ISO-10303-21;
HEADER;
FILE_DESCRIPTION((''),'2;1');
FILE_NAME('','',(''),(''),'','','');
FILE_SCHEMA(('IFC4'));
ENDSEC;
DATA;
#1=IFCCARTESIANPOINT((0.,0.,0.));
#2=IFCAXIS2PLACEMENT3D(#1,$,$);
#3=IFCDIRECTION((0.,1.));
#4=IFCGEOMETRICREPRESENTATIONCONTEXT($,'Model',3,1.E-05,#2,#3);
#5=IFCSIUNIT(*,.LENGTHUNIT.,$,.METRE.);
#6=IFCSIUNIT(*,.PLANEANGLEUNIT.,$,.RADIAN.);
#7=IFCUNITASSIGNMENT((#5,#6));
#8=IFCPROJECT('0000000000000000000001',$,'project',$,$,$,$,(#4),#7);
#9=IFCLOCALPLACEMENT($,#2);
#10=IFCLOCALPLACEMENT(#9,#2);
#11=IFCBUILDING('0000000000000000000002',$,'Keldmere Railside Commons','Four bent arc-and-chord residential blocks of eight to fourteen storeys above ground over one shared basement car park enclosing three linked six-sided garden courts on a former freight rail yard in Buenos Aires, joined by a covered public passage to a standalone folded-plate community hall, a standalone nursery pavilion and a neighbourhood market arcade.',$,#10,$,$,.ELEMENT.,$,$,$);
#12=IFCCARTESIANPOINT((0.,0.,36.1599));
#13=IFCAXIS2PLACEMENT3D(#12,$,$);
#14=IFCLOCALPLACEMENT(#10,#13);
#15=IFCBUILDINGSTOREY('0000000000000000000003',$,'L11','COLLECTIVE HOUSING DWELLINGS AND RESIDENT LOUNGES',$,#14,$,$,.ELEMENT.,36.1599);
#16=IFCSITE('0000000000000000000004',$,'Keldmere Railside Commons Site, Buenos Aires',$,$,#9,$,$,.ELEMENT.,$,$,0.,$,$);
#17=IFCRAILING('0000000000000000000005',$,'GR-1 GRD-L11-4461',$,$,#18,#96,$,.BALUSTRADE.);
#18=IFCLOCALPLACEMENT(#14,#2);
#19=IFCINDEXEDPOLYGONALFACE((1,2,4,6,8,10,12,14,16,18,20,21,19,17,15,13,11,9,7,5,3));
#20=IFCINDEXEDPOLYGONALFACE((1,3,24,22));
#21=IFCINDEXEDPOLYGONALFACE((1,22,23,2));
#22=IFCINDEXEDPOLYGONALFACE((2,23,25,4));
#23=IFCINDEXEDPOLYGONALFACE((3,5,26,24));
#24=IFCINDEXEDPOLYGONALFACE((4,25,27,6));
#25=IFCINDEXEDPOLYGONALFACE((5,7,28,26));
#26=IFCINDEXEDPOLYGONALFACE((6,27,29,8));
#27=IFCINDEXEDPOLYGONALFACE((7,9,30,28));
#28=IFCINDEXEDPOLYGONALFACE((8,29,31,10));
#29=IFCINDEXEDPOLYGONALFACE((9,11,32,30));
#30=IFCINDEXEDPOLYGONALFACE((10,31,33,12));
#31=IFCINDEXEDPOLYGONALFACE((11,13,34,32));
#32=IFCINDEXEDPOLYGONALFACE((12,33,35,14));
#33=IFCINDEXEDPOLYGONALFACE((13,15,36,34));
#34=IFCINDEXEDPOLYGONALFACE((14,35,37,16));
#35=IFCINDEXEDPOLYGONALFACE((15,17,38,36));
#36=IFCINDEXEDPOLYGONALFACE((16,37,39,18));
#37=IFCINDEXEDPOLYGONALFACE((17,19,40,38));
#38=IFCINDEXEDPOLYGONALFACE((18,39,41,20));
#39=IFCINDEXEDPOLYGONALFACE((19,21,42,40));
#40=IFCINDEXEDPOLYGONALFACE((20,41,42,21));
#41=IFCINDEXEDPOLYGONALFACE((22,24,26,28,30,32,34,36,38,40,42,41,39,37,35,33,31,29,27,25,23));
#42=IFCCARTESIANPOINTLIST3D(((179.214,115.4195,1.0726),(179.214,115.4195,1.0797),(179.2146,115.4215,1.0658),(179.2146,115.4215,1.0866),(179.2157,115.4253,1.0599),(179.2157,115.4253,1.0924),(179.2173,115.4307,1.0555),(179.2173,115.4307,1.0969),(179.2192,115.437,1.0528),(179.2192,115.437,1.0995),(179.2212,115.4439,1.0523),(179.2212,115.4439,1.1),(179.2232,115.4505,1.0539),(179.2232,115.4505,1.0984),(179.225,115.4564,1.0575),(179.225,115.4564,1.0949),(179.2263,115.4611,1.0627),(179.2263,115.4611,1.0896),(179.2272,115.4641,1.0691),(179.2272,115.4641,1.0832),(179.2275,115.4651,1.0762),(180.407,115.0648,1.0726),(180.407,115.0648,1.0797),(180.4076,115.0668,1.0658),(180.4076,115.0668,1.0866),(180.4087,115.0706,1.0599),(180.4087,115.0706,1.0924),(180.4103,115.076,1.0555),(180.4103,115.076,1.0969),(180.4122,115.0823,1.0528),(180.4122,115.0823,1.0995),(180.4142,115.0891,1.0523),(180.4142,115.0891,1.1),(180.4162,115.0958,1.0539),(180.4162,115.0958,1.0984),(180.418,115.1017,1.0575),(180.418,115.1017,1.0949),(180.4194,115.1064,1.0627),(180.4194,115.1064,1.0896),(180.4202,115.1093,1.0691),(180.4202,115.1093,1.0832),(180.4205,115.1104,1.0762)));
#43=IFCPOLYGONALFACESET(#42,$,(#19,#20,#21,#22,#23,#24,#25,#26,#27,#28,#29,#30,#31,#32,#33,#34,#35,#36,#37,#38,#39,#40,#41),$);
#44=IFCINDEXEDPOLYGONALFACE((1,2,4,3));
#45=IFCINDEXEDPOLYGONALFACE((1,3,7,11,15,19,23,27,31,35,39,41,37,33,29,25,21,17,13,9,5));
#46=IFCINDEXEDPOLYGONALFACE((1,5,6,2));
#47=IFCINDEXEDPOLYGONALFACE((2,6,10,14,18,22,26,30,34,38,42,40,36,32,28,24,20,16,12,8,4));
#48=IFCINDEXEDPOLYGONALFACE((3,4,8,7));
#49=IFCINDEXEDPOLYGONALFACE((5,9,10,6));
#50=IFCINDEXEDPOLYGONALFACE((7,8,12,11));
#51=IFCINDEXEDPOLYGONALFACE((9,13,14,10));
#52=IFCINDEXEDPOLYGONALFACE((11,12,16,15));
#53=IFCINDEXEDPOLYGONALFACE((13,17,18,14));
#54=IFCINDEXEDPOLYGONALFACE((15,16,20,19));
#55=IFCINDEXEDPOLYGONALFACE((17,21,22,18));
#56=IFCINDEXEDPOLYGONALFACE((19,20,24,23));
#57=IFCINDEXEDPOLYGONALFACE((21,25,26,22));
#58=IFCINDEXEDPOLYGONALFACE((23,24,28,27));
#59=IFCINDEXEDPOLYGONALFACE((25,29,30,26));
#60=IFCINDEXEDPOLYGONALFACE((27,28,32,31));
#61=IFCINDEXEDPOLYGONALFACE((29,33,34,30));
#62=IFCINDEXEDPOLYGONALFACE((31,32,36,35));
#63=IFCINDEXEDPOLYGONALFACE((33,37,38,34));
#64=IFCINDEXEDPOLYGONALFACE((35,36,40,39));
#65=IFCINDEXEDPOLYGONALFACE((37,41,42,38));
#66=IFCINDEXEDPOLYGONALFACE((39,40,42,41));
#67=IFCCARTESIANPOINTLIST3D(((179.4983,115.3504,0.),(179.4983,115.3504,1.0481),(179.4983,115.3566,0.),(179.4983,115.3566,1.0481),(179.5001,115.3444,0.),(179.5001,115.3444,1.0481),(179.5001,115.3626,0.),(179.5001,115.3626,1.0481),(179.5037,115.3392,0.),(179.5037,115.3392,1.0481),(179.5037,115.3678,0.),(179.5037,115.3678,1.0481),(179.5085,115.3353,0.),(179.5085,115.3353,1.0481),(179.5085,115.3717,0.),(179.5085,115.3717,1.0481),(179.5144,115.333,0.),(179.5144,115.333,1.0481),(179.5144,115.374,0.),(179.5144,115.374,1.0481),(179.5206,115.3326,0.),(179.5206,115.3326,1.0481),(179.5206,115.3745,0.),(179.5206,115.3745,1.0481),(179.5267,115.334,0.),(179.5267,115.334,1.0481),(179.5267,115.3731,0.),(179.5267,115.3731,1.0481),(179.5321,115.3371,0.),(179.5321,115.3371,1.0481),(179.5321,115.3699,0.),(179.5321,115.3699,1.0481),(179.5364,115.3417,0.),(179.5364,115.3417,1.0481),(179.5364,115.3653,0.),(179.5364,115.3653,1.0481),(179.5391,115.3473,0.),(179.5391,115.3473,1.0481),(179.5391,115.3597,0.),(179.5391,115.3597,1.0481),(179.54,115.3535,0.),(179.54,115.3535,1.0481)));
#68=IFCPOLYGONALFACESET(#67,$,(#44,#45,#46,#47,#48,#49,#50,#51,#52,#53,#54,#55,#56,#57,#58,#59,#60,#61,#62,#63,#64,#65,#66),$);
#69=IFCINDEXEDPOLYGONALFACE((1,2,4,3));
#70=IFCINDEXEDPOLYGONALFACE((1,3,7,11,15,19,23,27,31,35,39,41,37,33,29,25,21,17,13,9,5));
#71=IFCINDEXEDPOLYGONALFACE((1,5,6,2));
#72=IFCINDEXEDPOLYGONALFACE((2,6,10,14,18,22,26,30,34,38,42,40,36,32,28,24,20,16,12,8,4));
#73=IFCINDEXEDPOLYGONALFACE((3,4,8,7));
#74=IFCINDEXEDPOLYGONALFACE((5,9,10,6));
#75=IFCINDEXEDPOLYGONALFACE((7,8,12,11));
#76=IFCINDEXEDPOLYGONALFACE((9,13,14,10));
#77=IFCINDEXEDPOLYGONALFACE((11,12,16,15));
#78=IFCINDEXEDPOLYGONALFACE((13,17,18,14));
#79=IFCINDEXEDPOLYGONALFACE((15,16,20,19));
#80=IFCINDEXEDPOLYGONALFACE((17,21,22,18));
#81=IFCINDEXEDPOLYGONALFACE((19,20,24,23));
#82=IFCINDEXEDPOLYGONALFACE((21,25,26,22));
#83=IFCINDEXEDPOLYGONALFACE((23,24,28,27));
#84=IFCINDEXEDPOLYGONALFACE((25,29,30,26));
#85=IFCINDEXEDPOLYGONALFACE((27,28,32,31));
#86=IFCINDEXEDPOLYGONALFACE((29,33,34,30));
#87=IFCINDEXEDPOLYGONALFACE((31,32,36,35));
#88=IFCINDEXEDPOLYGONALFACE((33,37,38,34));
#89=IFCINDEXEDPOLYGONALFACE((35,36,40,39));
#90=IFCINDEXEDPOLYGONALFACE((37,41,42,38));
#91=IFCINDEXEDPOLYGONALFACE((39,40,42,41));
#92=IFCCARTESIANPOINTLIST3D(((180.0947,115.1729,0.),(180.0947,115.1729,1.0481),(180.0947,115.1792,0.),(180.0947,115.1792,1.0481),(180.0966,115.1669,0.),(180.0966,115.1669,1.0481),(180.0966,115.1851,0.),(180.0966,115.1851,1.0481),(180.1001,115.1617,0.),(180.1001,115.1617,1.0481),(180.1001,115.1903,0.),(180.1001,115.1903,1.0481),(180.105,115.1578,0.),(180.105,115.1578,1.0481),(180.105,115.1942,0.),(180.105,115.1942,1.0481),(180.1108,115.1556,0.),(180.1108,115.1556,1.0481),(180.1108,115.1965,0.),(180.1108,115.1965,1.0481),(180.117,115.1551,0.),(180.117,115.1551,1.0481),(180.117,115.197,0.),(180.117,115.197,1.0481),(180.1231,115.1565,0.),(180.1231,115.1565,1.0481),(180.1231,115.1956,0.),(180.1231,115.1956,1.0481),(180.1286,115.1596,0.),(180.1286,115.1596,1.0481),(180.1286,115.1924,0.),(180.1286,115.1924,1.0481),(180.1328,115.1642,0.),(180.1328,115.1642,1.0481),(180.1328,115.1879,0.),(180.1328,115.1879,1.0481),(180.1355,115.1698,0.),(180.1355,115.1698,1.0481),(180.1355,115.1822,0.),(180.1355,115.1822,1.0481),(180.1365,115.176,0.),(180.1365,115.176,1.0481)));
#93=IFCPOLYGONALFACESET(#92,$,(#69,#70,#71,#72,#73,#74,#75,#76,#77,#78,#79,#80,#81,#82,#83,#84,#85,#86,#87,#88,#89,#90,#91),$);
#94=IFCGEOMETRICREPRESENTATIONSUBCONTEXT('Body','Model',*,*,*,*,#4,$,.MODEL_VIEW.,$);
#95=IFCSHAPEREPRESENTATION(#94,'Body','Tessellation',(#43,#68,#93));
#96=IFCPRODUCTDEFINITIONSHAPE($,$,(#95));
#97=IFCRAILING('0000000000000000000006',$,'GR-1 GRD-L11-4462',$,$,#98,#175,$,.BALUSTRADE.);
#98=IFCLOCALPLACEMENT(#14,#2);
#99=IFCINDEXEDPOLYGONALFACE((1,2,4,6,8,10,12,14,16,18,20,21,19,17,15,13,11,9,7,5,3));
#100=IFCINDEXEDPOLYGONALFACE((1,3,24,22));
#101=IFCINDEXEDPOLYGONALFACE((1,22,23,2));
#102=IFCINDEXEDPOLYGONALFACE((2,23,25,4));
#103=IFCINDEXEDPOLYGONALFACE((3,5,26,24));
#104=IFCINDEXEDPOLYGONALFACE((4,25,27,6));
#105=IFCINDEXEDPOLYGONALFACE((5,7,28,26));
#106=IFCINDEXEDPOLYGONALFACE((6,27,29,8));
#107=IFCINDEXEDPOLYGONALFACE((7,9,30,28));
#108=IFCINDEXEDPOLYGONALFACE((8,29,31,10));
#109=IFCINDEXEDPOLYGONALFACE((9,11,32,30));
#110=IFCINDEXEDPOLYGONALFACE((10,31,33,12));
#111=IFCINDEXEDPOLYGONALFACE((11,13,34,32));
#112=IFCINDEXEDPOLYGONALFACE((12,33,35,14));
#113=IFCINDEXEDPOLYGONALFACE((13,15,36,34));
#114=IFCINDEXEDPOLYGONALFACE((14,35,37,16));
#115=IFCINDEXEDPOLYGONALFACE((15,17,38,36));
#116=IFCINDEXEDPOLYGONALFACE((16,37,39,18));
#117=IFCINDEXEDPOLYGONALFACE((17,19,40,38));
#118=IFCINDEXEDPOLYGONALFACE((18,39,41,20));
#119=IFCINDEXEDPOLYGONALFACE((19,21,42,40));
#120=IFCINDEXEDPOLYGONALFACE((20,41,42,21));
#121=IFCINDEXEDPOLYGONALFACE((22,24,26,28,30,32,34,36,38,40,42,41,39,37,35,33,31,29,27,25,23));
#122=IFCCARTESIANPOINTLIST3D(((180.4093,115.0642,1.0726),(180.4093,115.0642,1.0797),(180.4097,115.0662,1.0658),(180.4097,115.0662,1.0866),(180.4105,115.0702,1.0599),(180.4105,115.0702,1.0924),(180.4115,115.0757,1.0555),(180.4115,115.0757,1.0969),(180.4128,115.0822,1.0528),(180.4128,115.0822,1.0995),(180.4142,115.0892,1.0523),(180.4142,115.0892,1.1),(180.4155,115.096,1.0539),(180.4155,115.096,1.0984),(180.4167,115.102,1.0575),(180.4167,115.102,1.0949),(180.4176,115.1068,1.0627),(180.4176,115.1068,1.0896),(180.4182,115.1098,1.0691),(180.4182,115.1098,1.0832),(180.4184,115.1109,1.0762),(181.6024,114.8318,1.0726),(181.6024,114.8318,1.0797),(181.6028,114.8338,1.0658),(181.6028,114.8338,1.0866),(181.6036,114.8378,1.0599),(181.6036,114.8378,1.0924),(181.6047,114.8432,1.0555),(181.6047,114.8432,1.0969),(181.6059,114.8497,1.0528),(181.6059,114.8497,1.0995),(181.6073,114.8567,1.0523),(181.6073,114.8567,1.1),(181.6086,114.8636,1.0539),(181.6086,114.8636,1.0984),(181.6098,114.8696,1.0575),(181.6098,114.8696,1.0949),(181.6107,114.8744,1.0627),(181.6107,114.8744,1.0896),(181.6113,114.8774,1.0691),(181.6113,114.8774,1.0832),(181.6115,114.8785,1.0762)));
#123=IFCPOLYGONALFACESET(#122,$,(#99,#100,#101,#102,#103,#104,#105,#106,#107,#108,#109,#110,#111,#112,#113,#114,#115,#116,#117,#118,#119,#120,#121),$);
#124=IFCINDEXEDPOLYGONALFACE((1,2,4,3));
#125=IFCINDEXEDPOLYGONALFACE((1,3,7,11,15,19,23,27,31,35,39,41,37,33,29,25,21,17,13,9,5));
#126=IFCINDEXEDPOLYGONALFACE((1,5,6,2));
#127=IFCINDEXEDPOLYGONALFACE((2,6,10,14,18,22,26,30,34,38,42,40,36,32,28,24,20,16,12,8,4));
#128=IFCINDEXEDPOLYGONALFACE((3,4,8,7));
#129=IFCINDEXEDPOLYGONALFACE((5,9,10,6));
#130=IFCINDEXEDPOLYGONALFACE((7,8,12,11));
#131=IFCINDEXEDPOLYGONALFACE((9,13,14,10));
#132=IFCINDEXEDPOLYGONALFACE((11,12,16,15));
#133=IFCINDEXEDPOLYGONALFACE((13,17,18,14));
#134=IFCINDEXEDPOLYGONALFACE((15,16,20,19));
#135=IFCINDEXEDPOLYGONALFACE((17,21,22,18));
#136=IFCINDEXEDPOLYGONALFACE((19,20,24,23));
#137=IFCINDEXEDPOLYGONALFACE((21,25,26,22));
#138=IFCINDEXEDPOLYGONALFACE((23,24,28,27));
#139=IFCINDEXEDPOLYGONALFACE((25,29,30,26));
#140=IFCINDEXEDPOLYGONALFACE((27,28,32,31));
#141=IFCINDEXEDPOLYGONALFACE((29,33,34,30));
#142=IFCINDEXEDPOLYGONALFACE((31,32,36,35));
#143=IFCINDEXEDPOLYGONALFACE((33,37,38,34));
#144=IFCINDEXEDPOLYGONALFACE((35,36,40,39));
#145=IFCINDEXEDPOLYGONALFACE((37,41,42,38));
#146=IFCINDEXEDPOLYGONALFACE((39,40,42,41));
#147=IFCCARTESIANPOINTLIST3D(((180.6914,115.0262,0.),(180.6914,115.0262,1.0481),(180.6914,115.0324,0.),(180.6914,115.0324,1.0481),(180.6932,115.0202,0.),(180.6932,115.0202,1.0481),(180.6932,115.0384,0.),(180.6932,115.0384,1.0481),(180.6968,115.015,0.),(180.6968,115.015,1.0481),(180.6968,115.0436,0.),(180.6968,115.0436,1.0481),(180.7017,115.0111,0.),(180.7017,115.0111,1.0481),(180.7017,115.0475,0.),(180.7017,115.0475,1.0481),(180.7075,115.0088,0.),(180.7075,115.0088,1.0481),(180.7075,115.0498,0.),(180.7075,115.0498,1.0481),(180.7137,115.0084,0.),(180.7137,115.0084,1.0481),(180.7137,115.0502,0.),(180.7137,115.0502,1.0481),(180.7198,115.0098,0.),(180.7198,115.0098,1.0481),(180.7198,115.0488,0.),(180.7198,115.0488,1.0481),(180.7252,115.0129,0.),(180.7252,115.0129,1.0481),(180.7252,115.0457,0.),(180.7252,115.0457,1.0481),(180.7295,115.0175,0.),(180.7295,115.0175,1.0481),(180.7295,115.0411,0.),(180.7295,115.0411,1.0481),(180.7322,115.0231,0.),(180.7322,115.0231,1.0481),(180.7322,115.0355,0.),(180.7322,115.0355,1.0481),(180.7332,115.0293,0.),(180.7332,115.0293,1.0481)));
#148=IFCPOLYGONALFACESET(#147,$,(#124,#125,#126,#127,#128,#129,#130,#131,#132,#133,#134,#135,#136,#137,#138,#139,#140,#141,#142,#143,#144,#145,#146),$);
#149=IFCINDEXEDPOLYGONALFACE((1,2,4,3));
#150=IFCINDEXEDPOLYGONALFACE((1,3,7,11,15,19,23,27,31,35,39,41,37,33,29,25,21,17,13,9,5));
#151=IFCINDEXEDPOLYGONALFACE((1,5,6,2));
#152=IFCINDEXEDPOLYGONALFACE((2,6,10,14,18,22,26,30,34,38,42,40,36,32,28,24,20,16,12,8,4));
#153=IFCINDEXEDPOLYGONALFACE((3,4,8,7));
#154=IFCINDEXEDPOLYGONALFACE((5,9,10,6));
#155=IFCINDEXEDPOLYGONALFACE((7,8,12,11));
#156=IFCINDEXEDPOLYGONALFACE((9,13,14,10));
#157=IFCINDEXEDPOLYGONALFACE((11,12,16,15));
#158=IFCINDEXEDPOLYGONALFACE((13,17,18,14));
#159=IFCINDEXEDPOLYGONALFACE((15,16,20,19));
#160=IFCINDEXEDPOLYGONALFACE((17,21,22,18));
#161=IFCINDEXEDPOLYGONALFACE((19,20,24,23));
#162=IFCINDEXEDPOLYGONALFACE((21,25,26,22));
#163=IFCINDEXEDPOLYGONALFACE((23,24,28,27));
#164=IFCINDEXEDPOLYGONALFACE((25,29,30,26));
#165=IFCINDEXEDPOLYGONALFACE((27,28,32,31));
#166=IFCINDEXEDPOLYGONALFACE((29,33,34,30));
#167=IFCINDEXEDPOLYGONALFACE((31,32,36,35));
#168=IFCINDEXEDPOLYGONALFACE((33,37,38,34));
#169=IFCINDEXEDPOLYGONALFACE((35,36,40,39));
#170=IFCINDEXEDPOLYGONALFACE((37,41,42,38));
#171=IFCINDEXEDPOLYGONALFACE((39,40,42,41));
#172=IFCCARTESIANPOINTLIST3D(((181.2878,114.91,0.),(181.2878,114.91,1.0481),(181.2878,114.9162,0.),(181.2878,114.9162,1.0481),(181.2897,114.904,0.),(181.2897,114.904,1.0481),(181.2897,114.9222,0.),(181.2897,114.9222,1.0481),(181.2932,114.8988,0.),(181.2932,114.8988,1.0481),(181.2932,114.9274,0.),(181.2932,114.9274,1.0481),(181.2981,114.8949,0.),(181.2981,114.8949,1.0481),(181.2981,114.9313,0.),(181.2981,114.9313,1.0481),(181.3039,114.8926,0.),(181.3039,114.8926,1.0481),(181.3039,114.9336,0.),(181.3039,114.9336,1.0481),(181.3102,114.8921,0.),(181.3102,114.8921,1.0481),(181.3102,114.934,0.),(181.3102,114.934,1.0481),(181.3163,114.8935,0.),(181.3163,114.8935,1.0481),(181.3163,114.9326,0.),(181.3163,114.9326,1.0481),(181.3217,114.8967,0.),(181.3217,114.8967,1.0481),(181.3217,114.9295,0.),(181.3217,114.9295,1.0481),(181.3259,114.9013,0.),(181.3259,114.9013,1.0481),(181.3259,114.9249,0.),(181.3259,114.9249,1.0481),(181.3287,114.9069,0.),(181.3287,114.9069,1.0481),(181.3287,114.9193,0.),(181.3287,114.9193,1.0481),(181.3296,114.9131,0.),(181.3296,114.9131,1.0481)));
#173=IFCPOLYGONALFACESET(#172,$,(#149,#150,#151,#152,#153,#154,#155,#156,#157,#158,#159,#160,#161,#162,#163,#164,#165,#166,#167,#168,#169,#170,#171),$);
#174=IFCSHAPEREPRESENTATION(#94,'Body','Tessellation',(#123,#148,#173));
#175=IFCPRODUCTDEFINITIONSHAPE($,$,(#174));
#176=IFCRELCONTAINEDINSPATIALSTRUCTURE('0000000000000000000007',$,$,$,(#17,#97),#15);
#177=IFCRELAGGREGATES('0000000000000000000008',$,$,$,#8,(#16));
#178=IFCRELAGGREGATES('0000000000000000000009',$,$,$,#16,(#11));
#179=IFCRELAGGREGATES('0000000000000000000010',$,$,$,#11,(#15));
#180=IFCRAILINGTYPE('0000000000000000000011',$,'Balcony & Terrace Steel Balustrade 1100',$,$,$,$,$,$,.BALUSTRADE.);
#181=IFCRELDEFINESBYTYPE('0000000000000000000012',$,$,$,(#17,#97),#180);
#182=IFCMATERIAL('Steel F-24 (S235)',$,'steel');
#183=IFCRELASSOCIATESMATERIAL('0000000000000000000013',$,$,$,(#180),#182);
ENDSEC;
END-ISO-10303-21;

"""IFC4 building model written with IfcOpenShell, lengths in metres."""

from ifc_helpers import new_model, si_unit, direction, frame, origin, origin_2d, place, context, subcontext, project, spatial, circle, extrude, material, type_object, element, save


model = new_model("IFC4")

# Units and contexts
model_context = context("Model", 3, precision=1e-05, world=origin(), true_north=direction((0.0, 1.0)))
body_context = subcontext(model_context, "Body", "Model", "MODEL_VIEW")
ifc_project = project(units=[si_unit("LENGTHUNIT", "METRE"), si_unit("PLANEANGLEUNIT", "RADIAN")], contexts=[model_context])

# Site, building, storey
site_placement = place(None, origin())
site = spatial("IfcSite", under=ifc_project, at=site_placement, Name="Keldmere Railside Commons Site, Buenos Aires", CompositionType="ELEMENT", RefElevation=0.0)
building_placement = place(site_placement, origin())
building = spatial("IfcBuilding", under=site, at=building_placement, Name="Keldmere Railside Commons", Description="Four bent arc-and-chord residential blocks of eight to fourteen storeys above ground over one shared basement car park enclosing three linked six-sided garden courts on a former freight rail yard in Buenos Aires, joined by a covered public passage to a standalone folded-plate community hall, a standalone nursery pavilion and a neighbourhood market arcade.", CompositionType="ELEMENT")
storey_placement = place(building_placement, frame((0.0, 0.0, 36.1599)))
storey = spatial("IfcBuildingStorey", under=building, at=storey_placement, Name="L11", Description="COLLECTIVE HOUSING DWELLINGS AND RESIDENT LOUNGES", CompositionType="ELEMENT", Elevation=36.1599)

# Railings
ifc_material_1 = material(Name="Steel F-24 (S235)", Category="steel")
railing_type = type_object("IfcRailingType", Name="Balcony & Terrace Steel Balustrade 1100", PredefinedType="BALUSTRADE", material=ifc_material_1)
railing_1_placement = place(storey_placement, frame((179.2207, 115.4421, 0.0)))
element("IfcRailing", 1, at=railing_1_placement, inside=storey, type_object=railing_type, Name="GR-1 GRD-L11-4461", PredefinedType="BALUSTRADE", context=body_context, shape_type="SweptSolid", body=[
    extrude(circle(Radius=0.0239, at=origin_2d()), frame((0.0, 0.0, 1.0762), z_axis=(0.958531, -0.28499, 0.0), x_axis=(0.28499, 0.958531, 0.0)), (0.0, 0.0, 1.0), 1.2446),
    extrude(circle(Radius=0.021, at=origin_2d()), frame((0.2983, -0.0886, 0.0)), (0.0, 0.0, 1.0), 1.0481),
    extrude(circle(Radius=0.021, at=origin_2d()), frame((0.8948, -0.2661, 0.0)), (0.0, 0.0, 1.0), 1.0481),
])
railing_2_placement = place(storey_placement, frame((180.4138, 115.0874, 0.0)))
element("IfcRailing", 2, at=railing_2_placement, inside=storey, type_object=railing_type, Name="GR-1 GRD-L11-4462", PredefinedType="BALUSTRADE", context=body_context, shape_type="SweptSolid", body=[
    extrude(circle(Radius=0.0239, at=origin_2d()), frame((0.0, 0.0, 1.0762), z_axis=(0.981549, -0.191208, 0.0), x_axis=(0.191208, 0.981549, 0.0)), (0.0, 0.0, 1.0), 1.2156),
    extrude(circle(Radius=0.021, at=origin_2d()), frame((0.2983, -0.0581, 0.0)), (0.0, 0.0, 1.0), 1.0481),
    extrude(circle(Radius=0.021, at=origin_2d()), frame((0.8948, -0.1743, 0.0)), (0.0, 0.0, 1.0), 1.0481),
])

save(model, "model.ifc")
